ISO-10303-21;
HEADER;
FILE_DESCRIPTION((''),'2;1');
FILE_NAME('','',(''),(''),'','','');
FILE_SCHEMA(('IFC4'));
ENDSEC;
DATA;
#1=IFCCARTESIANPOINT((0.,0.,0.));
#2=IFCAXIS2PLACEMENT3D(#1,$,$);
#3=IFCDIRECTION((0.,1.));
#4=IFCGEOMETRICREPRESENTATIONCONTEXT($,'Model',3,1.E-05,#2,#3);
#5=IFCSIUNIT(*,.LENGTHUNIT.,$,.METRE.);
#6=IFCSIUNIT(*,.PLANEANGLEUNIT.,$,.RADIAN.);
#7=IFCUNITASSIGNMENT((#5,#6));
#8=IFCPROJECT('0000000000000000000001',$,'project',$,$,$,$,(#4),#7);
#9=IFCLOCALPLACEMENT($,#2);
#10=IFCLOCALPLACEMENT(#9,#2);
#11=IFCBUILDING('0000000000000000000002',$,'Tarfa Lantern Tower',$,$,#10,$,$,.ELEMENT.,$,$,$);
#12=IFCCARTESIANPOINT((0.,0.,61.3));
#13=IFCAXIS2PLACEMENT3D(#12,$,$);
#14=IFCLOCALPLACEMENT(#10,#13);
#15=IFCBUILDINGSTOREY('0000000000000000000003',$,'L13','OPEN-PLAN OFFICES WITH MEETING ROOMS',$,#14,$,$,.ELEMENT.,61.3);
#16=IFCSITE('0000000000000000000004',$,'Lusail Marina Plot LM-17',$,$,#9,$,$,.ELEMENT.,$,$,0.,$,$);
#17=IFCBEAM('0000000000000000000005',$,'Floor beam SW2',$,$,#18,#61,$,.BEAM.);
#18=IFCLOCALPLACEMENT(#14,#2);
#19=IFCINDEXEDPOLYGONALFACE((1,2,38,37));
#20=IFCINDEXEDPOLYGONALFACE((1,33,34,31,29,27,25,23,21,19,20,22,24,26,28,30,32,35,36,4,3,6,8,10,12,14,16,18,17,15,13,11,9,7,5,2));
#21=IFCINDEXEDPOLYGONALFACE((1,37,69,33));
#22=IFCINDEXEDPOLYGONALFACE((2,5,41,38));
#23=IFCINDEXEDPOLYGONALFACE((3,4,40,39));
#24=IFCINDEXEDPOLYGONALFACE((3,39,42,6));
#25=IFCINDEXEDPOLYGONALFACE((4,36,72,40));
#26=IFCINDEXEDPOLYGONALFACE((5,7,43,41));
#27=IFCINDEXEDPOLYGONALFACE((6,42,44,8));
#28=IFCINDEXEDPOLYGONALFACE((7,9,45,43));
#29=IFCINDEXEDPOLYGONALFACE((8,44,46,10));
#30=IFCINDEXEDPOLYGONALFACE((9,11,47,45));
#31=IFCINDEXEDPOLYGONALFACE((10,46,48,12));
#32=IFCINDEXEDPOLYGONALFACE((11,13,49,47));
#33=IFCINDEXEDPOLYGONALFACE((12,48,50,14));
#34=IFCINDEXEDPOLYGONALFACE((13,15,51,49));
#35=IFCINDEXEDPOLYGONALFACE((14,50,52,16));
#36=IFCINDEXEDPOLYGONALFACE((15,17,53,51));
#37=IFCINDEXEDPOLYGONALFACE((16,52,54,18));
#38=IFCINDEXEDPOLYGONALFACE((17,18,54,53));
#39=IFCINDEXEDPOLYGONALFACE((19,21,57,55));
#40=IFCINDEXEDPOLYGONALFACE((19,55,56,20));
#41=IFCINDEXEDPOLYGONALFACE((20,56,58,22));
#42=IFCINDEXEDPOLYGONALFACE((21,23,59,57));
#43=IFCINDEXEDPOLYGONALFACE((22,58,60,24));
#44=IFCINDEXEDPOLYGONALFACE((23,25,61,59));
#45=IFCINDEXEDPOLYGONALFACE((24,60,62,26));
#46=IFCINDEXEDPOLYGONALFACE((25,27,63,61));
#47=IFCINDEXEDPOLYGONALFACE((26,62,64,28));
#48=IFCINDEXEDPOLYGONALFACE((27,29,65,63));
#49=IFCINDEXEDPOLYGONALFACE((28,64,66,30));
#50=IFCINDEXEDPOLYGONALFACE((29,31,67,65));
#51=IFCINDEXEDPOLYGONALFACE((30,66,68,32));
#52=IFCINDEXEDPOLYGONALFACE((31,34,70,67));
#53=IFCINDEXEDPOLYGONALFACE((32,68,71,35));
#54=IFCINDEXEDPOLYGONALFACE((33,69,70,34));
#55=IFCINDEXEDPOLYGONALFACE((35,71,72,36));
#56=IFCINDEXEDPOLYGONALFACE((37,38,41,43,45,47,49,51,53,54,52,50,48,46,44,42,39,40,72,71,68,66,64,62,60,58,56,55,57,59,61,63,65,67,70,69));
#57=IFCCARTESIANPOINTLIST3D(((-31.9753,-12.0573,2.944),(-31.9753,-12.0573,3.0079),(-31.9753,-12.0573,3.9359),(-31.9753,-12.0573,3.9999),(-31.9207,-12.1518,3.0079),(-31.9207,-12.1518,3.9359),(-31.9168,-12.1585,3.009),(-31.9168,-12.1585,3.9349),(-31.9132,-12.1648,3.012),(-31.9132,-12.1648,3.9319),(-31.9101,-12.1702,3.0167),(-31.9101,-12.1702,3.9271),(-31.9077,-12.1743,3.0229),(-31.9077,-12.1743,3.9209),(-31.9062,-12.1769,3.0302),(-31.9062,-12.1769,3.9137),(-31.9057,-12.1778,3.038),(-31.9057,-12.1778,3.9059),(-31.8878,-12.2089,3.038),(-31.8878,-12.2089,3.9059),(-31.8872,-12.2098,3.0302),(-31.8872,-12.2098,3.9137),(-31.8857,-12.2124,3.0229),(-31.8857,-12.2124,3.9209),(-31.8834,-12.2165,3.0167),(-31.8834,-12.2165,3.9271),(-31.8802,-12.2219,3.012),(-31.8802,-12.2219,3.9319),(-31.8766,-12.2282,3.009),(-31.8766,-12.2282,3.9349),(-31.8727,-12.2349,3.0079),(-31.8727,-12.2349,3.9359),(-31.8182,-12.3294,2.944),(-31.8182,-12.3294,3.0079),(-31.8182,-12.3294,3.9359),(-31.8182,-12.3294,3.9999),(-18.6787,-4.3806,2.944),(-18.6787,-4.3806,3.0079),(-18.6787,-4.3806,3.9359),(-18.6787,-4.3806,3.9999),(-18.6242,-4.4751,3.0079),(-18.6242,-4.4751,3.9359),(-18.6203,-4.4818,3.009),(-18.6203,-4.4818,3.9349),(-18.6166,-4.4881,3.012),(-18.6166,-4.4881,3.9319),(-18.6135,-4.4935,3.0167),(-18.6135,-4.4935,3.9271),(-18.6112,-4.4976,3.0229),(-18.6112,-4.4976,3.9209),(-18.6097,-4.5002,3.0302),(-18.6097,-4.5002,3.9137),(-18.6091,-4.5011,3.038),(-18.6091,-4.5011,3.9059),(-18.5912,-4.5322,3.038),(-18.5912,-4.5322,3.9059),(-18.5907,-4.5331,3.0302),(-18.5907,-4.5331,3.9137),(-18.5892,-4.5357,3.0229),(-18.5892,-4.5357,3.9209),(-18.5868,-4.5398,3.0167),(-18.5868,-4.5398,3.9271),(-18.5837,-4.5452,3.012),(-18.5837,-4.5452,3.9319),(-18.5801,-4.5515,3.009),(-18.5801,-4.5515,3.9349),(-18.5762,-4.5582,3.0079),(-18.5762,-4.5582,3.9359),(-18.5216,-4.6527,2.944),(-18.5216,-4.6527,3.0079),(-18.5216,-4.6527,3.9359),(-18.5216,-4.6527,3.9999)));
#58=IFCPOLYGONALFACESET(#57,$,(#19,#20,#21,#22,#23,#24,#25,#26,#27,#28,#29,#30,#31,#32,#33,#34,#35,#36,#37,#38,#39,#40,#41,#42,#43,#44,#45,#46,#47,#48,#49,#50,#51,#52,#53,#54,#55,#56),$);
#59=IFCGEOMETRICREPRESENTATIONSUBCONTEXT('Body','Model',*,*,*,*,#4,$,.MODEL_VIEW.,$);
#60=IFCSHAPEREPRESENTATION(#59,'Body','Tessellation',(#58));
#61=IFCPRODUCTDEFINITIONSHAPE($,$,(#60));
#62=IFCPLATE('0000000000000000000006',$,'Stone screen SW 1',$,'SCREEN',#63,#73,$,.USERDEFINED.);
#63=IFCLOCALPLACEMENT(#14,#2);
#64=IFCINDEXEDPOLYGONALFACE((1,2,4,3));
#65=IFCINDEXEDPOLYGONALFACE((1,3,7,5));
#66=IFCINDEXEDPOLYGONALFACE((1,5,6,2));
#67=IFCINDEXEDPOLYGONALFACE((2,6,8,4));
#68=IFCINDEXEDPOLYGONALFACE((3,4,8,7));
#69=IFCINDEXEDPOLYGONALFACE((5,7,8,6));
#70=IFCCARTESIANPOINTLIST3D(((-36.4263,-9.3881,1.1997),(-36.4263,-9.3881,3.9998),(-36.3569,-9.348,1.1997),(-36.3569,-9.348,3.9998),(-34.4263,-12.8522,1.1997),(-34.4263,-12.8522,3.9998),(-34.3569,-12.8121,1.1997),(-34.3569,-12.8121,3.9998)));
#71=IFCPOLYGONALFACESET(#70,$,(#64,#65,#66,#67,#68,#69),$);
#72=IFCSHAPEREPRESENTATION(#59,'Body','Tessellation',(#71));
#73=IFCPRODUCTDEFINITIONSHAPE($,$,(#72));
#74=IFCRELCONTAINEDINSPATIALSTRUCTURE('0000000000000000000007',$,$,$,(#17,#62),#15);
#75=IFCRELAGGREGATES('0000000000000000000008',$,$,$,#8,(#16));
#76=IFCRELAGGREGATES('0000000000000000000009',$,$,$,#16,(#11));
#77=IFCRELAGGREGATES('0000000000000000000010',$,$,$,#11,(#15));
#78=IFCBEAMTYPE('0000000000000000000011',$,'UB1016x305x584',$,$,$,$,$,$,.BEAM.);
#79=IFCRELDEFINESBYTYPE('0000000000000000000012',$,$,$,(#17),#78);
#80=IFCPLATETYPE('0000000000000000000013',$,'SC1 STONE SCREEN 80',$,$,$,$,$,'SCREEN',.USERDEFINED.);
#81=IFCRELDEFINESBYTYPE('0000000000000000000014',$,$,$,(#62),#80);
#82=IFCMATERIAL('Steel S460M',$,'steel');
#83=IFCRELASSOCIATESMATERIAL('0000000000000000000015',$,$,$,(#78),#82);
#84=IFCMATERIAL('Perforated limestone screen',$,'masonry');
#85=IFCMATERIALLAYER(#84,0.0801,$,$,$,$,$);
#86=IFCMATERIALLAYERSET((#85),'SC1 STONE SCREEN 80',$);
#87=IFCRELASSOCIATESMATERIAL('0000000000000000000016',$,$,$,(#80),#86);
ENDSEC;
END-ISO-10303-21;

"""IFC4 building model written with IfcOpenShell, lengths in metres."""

from ifc_helpers import new_model, si_unit, direction, frame, origin, origin_2d, place, context, subcontext, project, spatial, rectangle, i_section, extrude, material, layer, layer_set, material_profile, profile_set, type_object, element, save


model = new_model("IFC4")

# Units and contexts
model_context = context("Model", 3, precision=1e-05, world=origin(), true_north=direction((0.0, 1.0)))
body_context = subcontext(model_context, "Body", "Model", "MODEL_VIEW")
ifc_project = project(units=[si_unit("LENGTHUNIT", "METRE"), si_unit("PLANEANGLEUNIT", "RADIAN")], contexts=[model_context])

# Site, building, storey
site_placement = place(None, origin())
site = spatial("IfcSite", under=ifc_project, at=site_placement, Name="Lusail Marina Plot LM-17", CompositionType="ELEMENT", RefElevation=0.0)
building_placement = place(site_placement, origin())
building = spatial("IfcBuilding", under=site, at=building_placement, Name="Tarfa Lantern Tower", CompositionType="ELEMENT")
storey_placement = place(building_placement, frame((0.0, 0.0, 61.3)))
storey = spatial("IfcBuildingStorey", under=building, at=storey_placement, Name="L13", Description="OPEN-PLAN OFFICES WITH MEETING ROOMS", CompositionType="ELEMENT", Elevation=61.3)

# Beam
ifc_material_1 = material(Name="Steel S460M", Category="steel")
ifc_material_profile_1 = material_profile(ifc_material_1, i_section(OverallWidth=0.3142, OverallDepth=1.0559, WebThickness=0.0359, FlangeThickness=0.064, FilletRadius=0.03, at=origin_2d()), Name="UB1016x305x584")
ifc_profile_set_1 = profile_set([ifc_material_profile_1], Name="Steel S460M")
beam_type_1 = type_object("IfcBeamType", Name="UB1016x305x584", PredefinedType="BEAM", material=ifc_profile_set_1)
beam_1_placement = place(storey_placement, frame((-31.8967, -12.1934, 3.4719), z_axis=(0.866027, 0.499997, 0.0), x_axis=(-0.499997, 0.866027, 0.0)))
element("IfcBeam", 1, at=beam_1_placement, inside=storey, type_object=beam_type_1, Name="Floor beam SW2", PredefinedType="BEAM", context=body_context, shape_type="SweptSolid", body=[
    extrude(i_section(OverallWidth=0.3142, OverallDepth=1.0559, WebThickness=0.0359, FlangeThickness=0.064, FilletRadius=0.03, at=origin_2d()), origin(), (0.0, 0.0, 1.0), 15.3535),
])

# Plate
ifc_material_2 = material(Name="Perforated limestone screen", Category="masonry")
ifc_layer_1 = layer(ifc_material_2, 0.0801)
ifc_layer_set_1 = layer_set([ifc_layer_1], Name="SC1 STONE SCREEN 80")
plate_type = type_object("IfcPlateType", Name="SC1 STONE SCREEN 80", ElementType="SCREEN", PredefinedType="USERDEFINED", material=ifc_layer_set_1)
plate_placement = place(storey_placement, frame((-35.3916, -11.1001, 1.1997), z_axis=(0.0, 0.0, 1.0), x_axis=(0.5, -0.866025, 0.0)))
element("IfcPlate", 2, at=plate_placement, inside=storey, type_object=plate_type, Name="Stone screen SW 1", ObjectType="SCREEN", PredefinedType="USERDEFINED", context=body_context, shape_type="SweptSolid", body=[
    extrude(rectangle(XDim=4.0, YDim=0.0801, at=origin_2d()), origin(), (0.0, 0.0, 1.0), 2.8),
])

save(model, "model.ifc")
